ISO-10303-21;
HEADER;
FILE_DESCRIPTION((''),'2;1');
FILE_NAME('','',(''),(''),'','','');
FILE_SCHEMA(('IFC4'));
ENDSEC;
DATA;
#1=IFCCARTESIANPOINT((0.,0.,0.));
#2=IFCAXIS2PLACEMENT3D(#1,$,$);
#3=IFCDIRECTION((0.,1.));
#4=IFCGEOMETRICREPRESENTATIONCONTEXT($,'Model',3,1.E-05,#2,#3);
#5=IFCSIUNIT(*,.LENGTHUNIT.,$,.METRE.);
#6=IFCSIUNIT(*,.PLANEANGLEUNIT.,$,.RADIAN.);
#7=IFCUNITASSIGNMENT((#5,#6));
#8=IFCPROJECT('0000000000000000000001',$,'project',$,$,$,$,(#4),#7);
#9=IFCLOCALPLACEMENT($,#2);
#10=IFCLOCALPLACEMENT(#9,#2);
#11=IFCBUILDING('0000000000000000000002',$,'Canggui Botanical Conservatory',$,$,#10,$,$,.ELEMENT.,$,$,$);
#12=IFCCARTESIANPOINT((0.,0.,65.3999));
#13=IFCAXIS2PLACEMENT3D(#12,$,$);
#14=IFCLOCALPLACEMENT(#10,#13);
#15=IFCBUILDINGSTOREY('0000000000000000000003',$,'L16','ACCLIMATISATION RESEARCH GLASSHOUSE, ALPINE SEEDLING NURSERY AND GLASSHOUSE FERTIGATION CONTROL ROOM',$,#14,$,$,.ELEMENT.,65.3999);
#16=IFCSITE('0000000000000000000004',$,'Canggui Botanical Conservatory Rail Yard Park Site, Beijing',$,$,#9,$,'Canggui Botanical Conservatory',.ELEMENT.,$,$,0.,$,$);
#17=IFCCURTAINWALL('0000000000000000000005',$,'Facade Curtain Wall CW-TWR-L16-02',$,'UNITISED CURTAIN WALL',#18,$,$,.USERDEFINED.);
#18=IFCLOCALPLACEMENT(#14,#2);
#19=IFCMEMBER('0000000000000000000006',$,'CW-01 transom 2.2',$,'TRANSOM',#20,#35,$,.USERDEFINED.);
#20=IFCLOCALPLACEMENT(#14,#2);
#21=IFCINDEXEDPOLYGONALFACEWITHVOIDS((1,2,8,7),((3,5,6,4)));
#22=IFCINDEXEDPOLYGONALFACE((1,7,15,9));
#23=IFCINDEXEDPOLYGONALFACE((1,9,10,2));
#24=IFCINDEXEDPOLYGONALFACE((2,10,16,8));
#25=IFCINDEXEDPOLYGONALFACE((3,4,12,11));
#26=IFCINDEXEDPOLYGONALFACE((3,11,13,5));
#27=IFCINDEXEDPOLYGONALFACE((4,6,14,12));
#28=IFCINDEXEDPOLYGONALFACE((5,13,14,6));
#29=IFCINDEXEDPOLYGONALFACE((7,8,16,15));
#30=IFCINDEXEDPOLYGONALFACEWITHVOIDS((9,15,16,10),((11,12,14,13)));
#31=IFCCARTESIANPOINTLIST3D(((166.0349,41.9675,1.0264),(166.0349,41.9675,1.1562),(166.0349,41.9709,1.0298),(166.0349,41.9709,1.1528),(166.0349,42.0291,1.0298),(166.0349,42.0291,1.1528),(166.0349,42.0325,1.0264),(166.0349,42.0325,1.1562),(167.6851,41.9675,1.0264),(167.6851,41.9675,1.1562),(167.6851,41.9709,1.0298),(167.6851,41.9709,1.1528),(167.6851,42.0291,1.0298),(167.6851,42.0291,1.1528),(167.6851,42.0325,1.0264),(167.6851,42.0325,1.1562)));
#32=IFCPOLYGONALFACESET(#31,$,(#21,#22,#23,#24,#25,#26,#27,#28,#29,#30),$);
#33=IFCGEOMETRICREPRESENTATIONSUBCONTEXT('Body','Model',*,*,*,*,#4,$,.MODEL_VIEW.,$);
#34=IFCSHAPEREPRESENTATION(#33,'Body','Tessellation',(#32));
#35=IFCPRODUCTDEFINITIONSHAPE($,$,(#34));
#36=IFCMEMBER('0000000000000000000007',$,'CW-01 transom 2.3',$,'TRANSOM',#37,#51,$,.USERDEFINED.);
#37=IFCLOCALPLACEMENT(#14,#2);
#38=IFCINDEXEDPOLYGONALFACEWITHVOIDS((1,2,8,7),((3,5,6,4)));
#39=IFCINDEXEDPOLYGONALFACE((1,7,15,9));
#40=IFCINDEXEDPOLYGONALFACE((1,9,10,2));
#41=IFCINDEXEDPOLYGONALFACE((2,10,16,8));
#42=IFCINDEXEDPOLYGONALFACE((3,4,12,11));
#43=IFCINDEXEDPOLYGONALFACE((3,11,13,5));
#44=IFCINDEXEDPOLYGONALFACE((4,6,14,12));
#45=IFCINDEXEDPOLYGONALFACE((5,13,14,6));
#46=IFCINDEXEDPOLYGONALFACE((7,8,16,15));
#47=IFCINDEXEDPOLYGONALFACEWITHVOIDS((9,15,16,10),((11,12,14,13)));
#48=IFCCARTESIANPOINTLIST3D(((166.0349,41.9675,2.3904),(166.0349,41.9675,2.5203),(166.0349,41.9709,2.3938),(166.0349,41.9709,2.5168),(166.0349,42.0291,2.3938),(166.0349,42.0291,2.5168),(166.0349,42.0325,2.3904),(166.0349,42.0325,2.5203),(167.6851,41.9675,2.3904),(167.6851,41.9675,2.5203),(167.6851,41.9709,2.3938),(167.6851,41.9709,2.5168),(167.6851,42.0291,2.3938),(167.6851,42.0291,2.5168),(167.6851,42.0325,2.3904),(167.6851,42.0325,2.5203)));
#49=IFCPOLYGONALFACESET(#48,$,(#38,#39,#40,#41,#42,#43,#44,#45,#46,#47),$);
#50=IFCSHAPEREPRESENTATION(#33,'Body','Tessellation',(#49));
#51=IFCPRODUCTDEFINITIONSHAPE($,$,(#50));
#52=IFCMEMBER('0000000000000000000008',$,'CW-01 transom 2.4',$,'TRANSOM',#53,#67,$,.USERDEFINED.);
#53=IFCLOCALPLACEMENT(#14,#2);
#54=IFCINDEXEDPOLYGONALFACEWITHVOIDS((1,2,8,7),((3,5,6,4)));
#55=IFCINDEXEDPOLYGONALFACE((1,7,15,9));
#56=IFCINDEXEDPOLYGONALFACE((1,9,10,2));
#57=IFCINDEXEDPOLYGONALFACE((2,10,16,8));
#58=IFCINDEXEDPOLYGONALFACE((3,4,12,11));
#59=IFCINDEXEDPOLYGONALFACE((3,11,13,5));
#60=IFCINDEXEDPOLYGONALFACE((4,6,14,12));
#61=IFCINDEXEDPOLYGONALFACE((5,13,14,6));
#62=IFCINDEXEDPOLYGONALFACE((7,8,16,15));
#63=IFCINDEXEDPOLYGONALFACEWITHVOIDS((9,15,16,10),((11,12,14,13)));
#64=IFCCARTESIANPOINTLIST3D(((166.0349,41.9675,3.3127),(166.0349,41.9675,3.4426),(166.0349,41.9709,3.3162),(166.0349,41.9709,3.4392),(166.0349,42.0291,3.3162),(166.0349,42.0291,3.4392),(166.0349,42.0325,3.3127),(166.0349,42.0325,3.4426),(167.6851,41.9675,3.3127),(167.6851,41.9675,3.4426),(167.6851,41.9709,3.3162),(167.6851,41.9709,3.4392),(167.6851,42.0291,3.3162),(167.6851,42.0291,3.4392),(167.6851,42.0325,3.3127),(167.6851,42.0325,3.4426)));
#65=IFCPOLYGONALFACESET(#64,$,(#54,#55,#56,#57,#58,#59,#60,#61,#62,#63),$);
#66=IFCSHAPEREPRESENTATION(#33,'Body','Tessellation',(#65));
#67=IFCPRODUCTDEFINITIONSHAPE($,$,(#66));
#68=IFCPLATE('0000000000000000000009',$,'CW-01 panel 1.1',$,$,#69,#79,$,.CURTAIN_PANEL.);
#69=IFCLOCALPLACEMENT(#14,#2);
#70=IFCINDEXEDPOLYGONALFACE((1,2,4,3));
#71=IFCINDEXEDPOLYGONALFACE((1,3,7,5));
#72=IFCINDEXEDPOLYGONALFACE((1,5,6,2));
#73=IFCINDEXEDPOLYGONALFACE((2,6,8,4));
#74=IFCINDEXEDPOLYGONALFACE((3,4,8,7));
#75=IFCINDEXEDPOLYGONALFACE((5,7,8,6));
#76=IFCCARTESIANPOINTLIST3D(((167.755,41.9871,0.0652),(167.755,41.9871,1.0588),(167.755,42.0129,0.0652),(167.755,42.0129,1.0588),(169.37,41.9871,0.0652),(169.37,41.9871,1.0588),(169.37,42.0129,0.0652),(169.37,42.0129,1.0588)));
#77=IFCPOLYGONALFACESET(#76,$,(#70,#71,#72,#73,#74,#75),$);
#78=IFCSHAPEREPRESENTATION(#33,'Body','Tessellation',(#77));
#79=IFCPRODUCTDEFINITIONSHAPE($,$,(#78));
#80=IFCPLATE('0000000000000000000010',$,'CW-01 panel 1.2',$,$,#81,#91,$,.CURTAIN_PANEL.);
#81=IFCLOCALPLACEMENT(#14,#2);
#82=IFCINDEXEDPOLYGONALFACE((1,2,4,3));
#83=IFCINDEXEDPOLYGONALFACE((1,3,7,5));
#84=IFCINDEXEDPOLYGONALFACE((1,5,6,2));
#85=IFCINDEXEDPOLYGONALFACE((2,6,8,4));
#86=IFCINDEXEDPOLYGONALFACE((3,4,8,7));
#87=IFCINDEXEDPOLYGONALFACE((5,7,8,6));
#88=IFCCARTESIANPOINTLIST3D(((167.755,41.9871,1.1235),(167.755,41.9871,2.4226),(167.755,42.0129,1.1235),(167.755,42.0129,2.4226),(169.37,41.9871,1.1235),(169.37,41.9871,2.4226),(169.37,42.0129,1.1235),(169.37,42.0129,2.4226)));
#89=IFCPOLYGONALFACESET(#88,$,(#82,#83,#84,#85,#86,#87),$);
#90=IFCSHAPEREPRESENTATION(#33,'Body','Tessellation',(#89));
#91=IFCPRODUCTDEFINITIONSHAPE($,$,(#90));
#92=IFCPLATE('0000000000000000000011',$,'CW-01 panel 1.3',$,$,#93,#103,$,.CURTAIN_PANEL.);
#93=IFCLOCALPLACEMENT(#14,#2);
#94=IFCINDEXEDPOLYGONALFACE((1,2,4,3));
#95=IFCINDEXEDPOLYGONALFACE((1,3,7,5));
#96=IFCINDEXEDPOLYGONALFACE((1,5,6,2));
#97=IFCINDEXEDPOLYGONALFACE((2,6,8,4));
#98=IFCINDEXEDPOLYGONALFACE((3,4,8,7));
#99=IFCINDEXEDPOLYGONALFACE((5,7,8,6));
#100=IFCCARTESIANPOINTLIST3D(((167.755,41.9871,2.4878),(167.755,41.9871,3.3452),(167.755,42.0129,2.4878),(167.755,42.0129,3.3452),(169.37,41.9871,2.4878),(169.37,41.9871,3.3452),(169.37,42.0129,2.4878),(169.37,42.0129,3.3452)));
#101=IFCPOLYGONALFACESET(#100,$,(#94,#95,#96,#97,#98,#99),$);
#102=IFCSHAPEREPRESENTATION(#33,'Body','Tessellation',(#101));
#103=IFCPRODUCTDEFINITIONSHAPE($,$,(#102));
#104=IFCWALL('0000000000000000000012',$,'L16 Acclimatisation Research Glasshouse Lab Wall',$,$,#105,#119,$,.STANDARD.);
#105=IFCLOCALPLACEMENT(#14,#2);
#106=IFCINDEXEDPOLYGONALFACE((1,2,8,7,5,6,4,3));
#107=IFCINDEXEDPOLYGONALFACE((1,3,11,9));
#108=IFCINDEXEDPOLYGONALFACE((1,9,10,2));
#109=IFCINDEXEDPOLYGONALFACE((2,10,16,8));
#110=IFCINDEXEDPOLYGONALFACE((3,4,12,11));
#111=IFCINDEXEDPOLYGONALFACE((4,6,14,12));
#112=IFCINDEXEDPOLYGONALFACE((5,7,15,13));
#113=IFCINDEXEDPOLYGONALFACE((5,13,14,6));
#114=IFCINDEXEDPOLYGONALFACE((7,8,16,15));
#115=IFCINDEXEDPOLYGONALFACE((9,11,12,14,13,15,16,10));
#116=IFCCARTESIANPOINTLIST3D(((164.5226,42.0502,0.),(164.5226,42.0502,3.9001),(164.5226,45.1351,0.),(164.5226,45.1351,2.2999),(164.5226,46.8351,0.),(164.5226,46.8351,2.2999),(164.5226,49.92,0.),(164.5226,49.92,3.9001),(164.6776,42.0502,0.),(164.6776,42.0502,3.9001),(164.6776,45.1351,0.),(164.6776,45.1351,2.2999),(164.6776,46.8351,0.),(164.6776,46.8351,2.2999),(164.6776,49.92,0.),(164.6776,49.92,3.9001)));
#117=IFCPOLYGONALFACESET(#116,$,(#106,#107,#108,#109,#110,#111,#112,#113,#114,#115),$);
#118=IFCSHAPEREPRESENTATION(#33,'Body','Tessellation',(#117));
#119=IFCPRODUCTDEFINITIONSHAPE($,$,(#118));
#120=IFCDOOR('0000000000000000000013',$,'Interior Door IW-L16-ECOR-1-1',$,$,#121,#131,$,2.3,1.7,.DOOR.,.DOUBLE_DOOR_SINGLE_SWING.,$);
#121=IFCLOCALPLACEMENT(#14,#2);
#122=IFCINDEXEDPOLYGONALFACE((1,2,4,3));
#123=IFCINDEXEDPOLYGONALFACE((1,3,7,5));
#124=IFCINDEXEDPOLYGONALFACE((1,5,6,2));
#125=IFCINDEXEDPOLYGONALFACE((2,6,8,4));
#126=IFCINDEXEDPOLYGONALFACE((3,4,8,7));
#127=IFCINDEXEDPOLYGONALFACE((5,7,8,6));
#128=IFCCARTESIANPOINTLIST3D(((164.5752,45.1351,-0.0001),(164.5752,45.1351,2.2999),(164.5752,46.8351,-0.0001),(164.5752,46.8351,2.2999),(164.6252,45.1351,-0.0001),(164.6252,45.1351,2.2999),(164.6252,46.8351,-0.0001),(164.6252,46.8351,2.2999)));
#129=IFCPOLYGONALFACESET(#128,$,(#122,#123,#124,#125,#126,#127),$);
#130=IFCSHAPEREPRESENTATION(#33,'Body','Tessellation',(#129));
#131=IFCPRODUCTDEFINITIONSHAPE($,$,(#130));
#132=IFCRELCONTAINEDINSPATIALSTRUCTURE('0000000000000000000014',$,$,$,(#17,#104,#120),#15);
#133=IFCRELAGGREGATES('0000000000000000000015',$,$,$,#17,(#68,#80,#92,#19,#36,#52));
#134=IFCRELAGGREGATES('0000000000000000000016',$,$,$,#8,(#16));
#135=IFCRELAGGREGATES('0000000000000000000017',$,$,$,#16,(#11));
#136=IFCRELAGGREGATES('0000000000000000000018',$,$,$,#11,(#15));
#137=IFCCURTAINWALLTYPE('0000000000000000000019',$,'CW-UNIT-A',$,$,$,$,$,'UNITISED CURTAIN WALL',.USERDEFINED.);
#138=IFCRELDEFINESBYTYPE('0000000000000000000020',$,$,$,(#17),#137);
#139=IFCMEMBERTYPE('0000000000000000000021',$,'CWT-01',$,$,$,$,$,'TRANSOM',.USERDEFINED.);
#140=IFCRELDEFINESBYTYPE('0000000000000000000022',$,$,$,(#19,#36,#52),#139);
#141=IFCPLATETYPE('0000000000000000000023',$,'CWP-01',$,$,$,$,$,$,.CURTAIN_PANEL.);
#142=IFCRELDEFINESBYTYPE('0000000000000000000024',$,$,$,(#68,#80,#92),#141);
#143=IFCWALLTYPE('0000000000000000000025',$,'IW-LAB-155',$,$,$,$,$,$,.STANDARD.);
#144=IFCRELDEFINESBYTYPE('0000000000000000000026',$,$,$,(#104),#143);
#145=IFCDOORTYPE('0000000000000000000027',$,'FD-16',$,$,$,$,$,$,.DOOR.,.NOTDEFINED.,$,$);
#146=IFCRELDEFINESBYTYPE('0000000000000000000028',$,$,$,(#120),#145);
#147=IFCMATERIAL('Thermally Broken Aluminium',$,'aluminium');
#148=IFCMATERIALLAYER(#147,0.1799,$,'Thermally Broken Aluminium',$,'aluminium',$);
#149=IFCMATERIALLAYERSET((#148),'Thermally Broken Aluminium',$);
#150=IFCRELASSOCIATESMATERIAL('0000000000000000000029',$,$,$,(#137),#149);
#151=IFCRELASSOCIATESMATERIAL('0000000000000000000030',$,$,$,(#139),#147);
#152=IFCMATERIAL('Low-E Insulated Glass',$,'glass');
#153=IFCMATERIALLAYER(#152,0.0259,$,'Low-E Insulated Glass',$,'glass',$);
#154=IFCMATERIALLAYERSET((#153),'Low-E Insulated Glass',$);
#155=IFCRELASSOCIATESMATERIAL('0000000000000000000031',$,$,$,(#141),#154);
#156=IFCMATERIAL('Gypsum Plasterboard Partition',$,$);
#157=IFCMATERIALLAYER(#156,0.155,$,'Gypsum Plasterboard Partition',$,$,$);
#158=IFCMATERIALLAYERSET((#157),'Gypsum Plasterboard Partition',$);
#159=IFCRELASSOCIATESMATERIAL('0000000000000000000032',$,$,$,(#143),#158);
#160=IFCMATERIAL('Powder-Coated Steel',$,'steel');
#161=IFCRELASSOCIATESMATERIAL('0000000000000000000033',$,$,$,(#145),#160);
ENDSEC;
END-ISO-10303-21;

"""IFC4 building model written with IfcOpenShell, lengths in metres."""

from ifc_helpers import new_model, si_unit, direction, frame, frame_2d, origin, origin_2d, place, context, subcontext, project, spatial, rectangle, hollow_rectangle, extrude, material, layer, layer_set, material_profile, profile_set, type_object, element, fill, aggregate, save


model = new_model("IFC4")

# Units and contexts
model_context = context("Model", 3, precision=1e-05, world=origin(), true_north=direction((0.0, 1.0)))
body_context = subcontext(model_context, "Body", "Model", "MODEL_VIEW")
ifc_project = project(units=[si_unit("LENGTHUNIT", "METRE"), si_unit("PLANEANGLEUNIT", "RADIAN")], contexts=[model_context])

# Site, building, storey
site_placement = place(None, origin())
site = spatial("IfcSite", under=ifc_project, at=site_placement, Name="Canggui Botanical Conservatory Rail Yard Park Site, Beijing", LongName="Canggui Botanical Conservatory", CompositionType="ELEMENT", RefElevation=0.0)
building_placement = place(site_placement, origin())
building = spatial("IfcBuilding", under=site, at=building_placement, Name="Canggui Botanical Conservatory", CompositionType="ELEMENT")
storey_placement = place(building_placement, frame((0.0, 0.0, 65.3999)))
storey = spatial("IfcBuildingStorey", under=building, at=storey_placement, Name="L16", Description="ACCLIMATISATION RESEARCH GLASSHOUSE, ALPINE SEEDLING NURSERY AND GLASSHOUSE FERTIGATION CONTROL ROOM", CompositionType="ELEMENT", Elevation=65.3999)

# Curtain wall, members, plates
ifc_material_1 = material(Name="Thermally Broken Aluminium", Category="aluminium")
ifc_layer_1 = layer(ifc_material_1, 0.1799, Name="Thermally Broken Aluminium", Category="aluminium")
ifc_layer_set_1 = layer_set([ifc_layer_1], Name="Thermally Broken Aluminium")
curtain_wall_type = type_object("IfcCurtainWallType", Name="CW-UNIT-A", ElementType="UNITISED CURTAIN WALL", PredefinedType="USERDEFINED", material=ifc_layer_set_1)
curtain_wall_placement = place(storey_placement, origin())
curtain_wall = element("IfcCurtainWall", 1, at=curtain_wall_placement, inside=storey, type_object=curtain_wall_type, Name="Facade Curtain Wall CW-TWR-L16-02", ObjectType="UNITISED CURTAIN WALL", PredefinedType="USERDEFINED")
ifc_material_profile_1 = material_profile(ifc_material_1, hollow_rectangle(XDim=0.0649, YDim=0.1299, WallThickness=0.0034, at=origin_2d()), Name="CWT 65x130x3.5")
ifc_profile_set_1 = profile_set([ifc_material_profile_1], Name="Thermally Broken Aluminium")
member_type_1 = type_object("IfcMemberType", Name="CWT-01", ElementType="TRANSOM", PredefinedType="USERDEFINED", material=ifc_profile_set_1)
member_1_placement = place(storey_placement, frame((167.6851, 42.0, 1.0913), z_axis=(-1.0, 0.0, 0.0), x_axis=(0.0, -1.0, 0.0)))
member_1 = element("IfcMember", 2, at=member_1_placement, type_object=member_type_1, Name="CW-01 transom 2.2", ObjectType="TRANSOM", PredefinedType="USERDEFINED", context=body_context, shape_type="SweptSolid", body=[
    extrude(hollow_rectangle(XDim=0.0649, YDim=0.1299, WallThickness=0.0034, at=origin_2d()), origin(), (0.0, 0.0, 1.0), 1.6501),
])
member_2_placement = place(storey_placement, frame((167.6851, 42.0, 2.4553), z_axis=(-1.0, 0.0, 0.0), x_axis=(0.0, -1.0, 0.0)))
member_2 = element("IfcMember", 3, at=member_2_placement, type_object=member_type_1, Name="CW-01 transom 2.3", ObjectType="TRANSOM", PredefinedType="USERDEFINED", context=body_context, shape_type="SweptSolid", body=[
    extrude(hollow_rectangle(XDim=0.0649, YDim=0.1299, WallThickness=0.0034, at=origin_2d()), origin(), (0.0, 0.0, 1.0), 1.6501),
])
member_3_placement = place(storey_placement, frame((167.6851, 42.0, 3.3777), z_axis=(-1.0, 0.0, 0.0), x_axis=(0.0, -1.0, 0.0)))
member_3 = element("IfcMember", 4, at=member_3_placement, type_object=member_type_1, Name="CW-01 transom 2.4", ObjectType="TRANSOM", PredefinedType="USERDEFINED", context=body_context, shape_type="SweptSolid", body=[
    extrude(hollow_rectangle(XDim=0.0649, YDim=0.1299, WallThickness=0.0034, at=origin_2d()), origin(), (0.0, 0.0, 1.0), 1.6501),
])
ifc_material_2 = material(Name="Low-E Insulated Glass", Category="glass")
ifc_layer_2 = layer(ifc_material_2, 0.0259, Name="Low-E Insulated Glass", Category="glass")
ifc_layer_set_2 = layer_set([ifc_layer_2], Name="Low-E Insulated Glass")
plate_type = type_object("IfcPlateType", Name="CWP-01", PredefinedType="CURTAIN_PANEL", material=ifc_layer_set_2)
plate_1_placement = place(storey_placement, frame((168.5625, 42.0, 0.0652), z_axis=(0.0, 0.0, 1.0), x_axis=(-1.0, 0.0, 0.0)))
plate_1 = element("IfcPlate", 5, at=plate_1_placement, type_object=plate_type, Name="CW-01 panel 1.1", PredefinedType="CURTAIN_PANEL", context=body_context, shape_type="SweptSolid", body=[
    extrude(rectangle(XDim=1.615, YDim=0.0259, at=origin_2d()), origin(), (0.0, 0.0, 1.0), 0.9937),
])
plate_2_placement = place(storey_placement, frame((168.5625, 42.0, 1.1235), z_axis=(0.0, 0.0, 1.0), x_axis=(-1.0, 0.0, 0.0)))
plate_2 = element("IfcPlate", 6, at=plate_2_placement, type_object=plate_type, Name="CW-01 panel 1.2", PredefinedType="CURTAIN_PANEL", context=body_context, shape_type="SweptSolid", body=[
    extrude(rectangle(XDim=1.615, YDim=0.0259, at=origin_2d()), origin(), (0.0, 0.0, 1.0), 1.2991),
])
plate_3_placement = place(storey_placement, frame((168.5625, 42.0, 2.4878), z_axis=(0.0, 0.0, 1.0), x_axis=(-1.0, 0.0, 0.0)))
plate_3 = element("IfcPlate", 7, at=plate_3_placement, type_object=plate_type, Name="CW-01 panel 1.3", PredefinedType="CURTAIN_PANEL", context=body_context, shape_type="SweptSolid", body=[
    extrude(rectangle(XDim=1.615, YDim=0.0259, at=origin_2d()), origin(), (0.0, 0.0, 1.0), 0.8574),
])
aggregate(curtain_wall, [plate_1, plate_2, plate_3, member_1, member_2, member_3])

# Wall, opening, door
ifc_material_3 = material(Name="Gypsum Plasterboard Partition")
ifc_layer_3 = layer(ifc_material_3, 0.155, Name="Gypsum Plasterboard Partition")
ifc_layer_set_3 = layer_set([ifc_layer_3], Name="Gypsum Plasterboard Partition")
wall_type_1 = type_object("IfcWallType", Name="IW-LAB-155", PredefinedType="STANDARD", material=ifc_layer_set_3)
wall_1_placement = place(storey_placement, frame((164.6001, 42.05, 0.0), z_axis=(0.0, 0.0, 1.0), x_axis=(0.0, 1.0, 0.0)))
wall_1 = element("IfcWall", 8, at=wall_1_placement, inside=storey, type_object=wall_type_1, Name="L16 Acclimatisation Research Glasshouse Lab Wall", PredefinedType="STANDARD", context=body_context, shape_type="SweptSolid", body=[
    extrude(rectangle(XDim=7.8699, YDim=0.155, at=frame_2d((3.9351, 0.0))), origin(), (0.0, 0.0, 1.0), 3.9001),
])
opening_1_placement = place(wall_1_placement, frame((3.085, 0.0, 0.0)))
opening_1 = element("IfcOpeningElement", 9, at=opening_1_placement, cuts=wall_1, PredefinedType="OPENING", context=body_context, shape_type="SweptSolid", body=[
    extrude(rectangle(XDim=1.7, YDim=2.3, at=frame_2d((0.8501, 1.1499))), frame((0.0, 0.0874, 0.0), z_axis=(0.0, -1.0, 0.0), x_axis=(1.0, 0.0, 0.0)), (0.0, 0.0, 1.0), 0.175),
])
ifc_material_4 = material(Name="Powder-Coated Steel", Category="steel")
door_type_1 = type_object("IfcDoorType", Name="FD-16", OperationType="NOTDEFINED", PredefinedType="DOOR", material=ifc_material_4)
door_1_placement = place(opening_1_placement, origin())
door_1 = element("IfcDoor", 10, at=door_1_placement, inside=storey, type_object=door_type_1, Name="Interior Door IW-L16-ECOR-1-1", OperationType="DOUBLE_DOOR_SINGLE_SWING", OverallHeight=2.3, OverallWidth=1.7, PredefinedType="DOOR", context=body_context, shape_type="SweptSolid", body=[
    extrude(rectangle(XDim=1.7, YDim=2.3, at=frame_2d((0.8501, 1.1499))), frame((0.0, 0.0249, 0.0), z_axis=(0.0, -1.0, 0.0), x_axis=(1.0, 0.0, 0.0)), (0.0, 0.0, 1.0), 0.05),
])
fill(opening_1, door_1)

save(model, "model.ifc")
